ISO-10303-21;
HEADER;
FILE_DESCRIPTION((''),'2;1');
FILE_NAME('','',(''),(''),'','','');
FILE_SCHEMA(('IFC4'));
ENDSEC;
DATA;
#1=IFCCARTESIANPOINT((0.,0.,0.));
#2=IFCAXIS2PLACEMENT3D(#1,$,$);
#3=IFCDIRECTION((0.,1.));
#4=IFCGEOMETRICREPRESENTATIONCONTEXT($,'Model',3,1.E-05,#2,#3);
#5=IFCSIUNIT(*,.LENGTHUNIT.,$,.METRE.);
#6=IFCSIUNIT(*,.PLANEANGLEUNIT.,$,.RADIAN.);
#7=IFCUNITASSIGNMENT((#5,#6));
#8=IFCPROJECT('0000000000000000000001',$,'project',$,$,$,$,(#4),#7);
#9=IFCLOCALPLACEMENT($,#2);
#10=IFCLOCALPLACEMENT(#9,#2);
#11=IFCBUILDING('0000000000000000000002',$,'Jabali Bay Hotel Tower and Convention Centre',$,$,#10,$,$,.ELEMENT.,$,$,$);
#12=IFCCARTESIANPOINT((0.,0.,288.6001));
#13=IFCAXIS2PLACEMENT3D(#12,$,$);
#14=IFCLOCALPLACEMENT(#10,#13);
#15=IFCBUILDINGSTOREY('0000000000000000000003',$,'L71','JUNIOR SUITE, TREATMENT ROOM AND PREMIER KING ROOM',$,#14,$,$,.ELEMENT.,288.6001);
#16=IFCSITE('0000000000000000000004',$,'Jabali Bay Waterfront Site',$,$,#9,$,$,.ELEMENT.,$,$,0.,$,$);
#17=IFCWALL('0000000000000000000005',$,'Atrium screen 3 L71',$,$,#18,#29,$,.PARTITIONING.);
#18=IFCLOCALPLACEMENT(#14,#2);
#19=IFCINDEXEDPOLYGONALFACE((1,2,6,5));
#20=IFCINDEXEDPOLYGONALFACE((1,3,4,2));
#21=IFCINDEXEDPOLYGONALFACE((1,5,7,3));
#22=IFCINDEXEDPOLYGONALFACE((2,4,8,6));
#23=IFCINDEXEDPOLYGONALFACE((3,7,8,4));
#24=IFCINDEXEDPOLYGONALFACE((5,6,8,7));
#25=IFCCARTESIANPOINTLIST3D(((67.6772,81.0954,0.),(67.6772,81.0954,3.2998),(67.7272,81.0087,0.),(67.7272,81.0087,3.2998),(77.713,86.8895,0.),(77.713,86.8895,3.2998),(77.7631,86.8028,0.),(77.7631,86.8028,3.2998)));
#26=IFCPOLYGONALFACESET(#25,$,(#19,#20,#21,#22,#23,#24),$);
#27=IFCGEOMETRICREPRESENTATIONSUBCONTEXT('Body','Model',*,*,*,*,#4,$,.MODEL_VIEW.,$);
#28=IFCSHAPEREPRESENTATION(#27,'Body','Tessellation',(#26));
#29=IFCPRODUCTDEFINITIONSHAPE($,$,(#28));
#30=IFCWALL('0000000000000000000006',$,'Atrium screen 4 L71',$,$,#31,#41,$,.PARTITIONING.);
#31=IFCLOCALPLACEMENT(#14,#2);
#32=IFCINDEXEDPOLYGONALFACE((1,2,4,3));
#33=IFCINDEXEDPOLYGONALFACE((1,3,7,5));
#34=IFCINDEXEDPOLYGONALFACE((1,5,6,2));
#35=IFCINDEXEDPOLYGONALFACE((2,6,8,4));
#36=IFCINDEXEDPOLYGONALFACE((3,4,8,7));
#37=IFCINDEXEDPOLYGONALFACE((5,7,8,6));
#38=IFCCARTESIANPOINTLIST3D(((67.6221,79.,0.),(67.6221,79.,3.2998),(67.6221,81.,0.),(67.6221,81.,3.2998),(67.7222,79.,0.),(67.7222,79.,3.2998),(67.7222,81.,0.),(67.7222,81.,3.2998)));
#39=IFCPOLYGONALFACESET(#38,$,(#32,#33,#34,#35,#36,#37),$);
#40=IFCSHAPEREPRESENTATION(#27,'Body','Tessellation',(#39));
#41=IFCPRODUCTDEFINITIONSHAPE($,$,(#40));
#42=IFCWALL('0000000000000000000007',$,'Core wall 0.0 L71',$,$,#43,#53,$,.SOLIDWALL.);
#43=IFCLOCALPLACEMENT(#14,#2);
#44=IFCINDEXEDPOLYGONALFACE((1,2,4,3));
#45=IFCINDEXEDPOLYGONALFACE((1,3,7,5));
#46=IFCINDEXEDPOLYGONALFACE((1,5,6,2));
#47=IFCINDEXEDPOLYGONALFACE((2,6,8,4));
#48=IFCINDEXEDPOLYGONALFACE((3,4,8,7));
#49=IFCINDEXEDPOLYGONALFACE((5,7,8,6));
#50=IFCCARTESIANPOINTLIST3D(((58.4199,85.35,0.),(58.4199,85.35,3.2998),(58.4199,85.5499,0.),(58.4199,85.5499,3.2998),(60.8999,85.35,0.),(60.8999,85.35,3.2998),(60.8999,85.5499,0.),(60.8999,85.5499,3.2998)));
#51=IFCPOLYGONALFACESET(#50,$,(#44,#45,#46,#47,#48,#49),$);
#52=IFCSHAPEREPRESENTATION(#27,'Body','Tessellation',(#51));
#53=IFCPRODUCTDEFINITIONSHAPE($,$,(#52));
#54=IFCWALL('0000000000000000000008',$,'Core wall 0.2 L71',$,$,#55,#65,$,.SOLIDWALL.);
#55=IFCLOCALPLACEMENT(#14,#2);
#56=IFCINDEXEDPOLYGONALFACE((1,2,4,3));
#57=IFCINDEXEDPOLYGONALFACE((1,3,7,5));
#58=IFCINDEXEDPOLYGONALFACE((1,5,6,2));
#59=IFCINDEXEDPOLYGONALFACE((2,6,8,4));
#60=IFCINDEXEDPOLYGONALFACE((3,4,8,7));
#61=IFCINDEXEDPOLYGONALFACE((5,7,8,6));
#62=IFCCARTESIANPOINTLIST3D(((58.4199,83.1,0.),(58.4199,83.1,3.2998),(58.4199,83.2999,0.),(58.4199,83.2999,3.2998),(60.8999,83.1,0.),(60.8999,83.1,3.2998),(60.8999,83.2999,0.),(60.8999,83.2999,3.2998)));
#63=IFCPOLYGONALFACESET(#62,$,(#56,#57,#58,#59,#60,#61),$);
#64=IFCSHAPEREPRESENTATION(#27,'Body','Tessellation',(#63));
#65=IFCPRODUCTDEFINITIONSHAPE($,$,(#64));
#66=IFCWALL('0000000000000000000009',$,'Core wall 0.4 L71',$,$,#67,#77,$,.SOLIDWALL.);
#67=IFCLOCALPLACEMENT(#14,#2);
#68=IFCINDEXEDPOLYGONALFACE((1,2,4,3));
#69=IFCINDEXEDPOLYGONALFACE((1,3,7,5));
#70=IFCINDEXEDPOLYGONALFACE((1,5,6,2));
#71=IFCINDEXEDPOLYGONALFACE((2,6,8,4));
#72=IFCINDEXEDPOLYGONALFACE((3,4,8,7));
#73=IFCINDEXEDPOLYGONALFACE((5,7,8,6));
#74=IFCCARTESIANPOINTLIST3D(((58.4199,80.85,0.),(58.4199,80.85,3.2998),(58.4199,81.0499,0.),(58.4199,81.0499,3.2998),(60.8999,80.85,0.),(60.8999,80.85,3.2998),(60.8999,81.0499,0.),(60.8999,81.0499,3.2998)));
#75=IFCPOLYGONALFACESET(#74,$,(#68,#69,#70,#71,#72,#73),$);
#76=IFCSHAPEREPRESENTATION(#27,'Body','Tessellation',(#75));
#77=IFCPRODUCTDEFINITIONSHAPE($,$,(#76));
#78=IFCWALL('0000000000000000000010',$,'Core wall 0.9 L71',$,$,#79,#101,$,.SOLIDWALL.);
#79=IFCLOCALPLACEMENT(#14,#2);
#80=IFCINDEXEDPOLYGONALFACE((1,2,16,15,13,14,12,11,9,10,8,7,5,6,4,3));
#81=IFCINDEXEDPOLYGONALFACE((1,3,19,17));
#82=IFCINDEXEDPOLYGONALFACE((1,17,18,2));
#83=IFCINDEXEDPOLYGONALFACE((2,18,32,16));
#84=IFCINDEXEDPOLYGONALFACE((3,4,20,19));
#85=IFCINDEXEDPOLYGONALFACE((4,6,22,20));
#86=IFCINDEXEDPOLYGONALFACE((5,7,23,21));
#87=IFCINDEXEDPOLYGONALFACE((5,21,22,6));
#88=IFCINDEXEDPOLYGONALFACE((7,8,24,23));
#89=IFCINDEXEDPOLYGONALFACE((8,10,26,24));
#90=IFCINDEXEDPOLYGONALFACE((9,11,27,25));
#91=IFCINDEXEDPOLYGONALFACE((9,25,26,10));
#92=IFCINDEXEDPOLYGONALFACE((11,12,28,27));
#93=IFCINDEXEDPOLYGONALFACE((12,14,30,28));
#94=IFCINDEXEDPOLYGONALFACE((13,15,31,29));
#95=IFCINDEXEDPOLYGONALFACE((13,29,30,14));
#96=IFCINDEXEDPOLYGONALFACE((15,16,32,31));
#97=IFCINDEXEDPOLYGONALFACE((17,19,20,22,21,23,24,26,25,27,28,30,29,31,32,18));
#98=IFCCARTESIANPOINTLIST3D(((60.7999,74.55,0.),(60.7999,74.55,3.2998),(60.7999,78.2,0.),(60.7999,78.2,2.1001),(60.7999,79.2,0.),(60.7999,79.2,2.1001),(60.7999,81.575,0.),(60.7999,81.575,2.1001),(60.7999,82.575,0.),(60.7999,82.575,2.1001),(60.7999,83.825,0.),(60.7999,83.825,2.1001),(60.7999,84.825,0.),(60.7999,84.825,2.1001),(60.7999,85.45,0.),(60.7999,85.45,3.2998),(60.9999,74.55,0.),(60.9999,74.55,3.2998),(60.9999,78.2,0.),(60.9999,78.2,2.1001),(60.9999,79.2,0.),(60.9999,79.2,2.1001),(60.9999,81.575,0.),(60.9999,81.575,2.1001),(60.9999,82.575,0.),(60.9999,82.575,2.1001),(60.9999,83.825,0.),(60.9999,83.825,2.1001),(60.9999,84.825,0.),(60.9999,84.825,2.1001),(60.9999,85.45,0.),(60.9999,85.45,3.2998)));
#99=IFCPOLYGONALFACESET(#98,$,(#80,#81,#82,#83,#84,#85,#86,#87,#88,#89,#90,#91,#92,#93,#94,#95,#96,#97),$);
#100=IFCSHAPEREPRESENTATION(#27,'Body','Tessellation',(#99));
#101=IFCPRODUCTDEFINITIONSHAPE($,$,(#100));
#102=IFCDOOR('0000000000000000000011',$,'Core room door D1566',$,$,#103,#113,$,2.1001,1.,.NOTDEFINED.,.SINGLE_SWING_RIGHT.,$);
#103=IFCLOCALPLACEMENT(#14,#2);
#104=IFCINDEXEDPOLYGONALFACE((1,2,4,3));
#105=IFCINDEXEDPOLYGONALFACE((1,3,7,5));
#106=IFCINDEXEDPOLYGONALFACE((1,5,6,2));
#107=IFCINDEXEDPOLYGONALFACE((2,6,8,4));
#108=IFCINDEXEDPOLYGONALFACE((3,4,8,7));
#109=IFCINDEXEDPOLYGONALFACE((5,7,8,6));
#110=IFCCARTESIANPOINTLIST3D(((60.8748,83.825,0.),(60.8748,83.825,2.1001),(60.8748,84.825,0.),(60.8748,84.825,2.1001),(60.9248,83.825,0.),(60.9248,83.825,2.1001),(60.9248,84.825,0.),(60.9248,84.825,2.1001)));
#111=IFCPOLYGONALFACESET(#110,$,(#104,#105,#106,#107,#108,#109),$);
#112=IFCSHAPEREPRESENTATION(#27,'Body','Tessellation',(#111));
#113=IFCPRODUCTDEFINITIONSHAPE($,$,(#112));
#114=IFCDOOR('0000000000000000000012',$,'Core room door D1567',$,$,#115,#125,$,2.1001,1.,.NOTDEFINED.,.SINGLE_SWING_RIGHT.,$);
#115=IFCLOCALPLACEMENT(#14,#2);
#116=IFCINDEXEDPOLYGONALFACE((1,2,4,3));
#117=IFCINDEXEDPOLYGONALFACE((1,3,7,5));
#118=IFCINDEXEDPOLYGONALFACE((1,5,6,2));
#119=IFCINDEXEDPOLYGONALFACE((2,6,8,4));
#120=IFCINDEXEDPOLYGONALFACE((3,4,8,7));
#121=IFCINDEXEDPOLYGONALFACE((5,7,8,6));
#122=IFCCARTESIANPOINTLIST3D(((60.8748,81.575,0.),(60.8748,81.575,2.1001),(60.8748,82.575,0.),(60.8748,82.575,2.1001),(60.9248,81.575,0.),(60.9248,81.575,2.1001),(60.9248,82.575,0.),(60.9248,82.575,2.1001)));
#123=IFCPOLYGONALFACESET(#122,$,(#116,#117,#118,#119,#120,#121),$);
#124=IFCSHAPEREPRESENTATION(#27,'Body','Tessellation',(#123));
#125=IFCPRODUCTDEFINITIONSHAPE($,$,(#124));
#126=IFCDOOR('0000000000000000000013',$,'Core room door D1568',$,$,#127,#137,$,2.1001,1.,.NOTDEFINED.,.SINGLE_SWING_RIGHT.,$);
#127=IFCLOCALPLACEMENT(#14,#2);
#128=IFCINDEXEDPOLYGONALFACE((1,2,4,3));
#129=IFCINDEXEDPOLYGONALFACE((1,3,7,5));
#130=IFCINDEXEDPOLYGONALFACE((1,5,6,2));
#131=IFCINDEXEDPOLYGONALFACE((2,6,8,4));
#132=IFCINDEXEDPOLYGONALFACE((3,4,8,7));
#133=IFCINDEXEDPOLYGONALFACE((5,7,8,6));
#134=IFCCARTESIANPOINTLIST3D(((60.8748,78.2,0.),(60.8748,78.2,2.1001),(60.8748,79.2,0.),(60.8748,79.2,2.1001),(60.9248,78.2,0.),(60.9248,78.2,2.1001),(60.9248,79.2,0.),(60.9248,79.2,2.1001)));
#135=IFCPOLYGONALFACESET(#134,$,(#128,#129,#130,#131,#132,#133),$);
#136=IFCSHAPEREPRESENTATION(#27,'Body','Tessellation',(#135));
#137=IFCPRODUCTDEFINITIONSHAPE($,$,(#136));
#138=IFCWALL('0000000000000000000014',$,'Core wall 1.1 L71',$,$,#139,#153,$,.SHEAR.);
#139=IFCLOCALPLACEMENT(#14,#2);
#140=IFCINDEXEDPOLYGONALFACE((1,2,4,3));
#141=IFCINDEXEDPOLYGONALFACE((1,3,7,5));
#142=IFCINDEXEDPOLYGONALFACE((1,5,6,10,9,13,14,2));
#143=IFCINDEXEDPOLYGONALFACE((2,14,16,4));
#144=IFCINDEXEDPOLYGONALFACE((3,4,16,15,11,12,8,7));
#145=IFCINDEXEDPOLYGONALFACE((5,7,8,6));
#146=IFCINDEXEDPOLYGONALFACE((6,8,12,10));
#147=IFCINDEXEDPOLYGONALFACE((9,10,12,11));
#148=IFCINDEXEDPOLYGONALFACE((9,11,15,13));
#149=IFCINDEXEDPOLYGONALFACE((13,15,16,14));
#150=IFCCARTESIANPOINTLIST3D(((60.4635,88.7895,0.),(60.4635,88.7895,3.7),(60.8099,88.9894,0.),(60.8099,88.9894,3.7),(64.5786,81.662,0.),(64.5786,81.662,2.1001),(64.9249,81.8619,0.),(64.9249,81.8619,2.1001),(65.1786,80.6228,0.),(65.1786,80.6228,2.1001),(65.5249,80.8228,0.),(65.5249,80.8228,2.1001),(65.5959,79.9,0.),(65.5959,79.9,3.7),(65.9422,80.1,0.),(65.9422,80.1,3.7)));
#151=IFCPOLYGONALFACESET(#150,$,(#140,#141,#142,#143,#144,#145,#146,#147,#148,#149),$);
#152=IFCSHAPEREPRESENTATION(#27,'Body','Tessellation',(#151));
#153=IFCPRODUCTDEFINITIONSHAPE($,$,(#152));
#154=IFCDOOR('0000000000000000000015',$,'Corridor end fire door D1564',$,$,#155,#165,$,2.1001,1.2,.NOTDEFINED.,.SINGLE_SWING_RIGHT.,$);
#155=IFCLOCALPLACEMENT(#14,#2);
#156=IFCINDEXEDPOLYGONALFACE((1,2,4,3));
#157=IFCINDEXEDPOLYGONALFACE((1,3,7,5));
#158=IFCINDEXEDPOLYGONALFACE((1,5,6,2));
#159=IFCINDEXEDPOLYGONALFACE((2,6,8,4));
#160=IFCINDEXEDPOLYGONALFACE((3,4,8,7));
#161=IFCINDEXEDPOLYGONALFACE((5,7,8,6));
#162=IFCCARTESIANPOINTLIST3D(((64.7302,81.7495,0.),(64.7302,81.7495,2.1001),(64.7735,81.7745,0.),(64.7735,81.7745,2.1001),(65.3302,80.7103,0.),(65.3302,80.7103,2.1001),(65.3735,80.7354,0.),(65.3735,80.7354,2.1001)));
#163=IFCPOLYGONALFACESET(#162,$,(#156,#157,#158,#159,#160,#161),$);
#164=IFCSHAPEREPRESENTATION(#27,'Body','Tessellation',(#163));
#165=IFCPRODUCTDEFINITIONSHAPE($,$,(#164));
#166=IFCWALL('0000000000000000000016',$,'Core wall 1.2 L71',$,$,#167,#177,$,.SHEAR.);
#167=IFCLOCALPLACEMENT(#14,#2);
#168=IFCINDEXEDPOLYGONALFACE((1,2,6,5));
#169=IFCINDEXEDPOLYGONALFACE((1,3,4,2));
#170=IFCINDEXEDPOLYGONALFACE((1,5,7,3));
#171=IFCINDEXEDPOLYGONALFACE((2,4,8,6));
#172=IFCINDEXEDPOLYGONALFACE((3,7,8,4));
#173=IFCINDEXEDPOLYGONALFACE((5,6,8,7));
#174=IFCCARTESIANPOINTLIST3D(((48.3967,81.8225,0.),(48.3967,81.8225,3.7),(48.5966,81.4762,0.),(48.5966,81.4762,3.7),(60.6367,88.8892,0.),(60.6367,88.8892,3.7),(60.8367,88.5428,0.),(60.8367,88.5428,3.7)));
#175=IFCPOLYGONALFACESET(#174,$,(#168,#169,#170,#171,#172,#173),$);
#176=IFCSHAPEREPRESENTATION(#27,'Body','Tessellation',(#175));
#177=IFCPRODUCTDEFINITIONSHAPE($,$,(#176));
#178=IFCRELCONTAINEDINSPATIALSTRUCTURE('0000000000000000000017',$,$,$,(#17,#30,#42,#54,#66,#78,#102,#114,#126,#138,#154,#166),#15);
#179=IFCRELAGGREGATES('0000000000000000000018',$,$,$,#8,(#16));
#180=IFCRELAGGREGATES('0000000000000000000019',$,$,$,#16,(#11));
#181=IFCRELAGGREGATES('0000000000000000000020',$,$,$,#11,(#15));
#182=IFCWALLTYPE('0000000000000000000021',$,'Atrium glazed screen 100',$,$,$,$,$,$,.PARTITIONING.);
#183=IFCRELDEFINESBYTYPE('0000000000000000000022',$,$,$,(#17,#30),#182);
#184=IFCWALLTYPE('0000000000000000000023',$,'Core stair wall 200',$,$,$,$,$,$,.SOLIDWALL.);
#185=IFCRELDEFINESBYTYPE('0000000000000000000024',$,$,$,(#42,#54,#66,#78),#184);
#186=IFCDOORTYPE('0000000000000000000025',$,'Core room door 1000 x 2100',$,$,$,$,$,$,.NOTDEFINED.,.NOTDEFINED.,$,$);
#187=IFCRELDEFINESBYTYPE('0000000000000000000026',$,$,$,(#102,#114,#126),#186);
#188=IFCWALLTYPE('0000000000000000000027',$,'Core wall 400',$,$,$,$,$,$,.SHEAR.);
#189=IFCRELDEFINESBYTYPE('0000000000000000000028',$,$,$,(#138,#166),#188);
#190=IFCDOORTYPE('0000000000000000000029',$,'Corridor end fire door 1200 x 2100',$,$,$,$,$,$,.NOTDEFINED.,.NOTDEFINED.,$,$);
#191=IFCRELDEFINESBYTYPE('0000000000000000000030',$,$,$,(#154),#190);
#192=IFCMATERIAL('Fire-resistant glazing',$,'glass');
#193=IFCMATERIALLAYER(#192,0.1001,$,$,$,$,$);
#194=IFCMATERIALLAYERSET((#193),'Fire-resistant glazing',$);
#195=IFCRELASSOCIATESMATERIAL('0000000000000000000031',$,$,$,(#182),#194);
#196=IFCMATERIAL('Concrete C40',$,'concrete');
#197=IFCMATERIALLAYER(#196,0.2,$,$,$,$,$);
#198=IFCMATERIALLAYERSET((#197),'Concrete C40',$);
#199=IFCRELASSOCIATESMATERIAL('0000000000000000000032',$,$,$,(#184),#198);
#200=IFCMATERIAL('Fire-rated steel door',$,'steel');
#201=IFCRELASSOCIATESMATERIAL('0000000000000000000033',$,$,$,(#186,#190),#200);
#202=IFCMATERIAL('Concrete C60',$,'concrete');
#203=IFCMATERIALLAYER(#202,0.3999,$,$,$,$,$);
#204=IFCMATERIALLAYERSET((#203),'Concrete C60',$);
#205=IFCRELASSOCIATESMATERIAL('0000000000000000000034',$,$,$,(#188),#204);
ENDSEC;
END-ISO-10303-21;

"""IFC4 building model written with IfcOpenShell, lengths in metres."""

from ifc_helpers import new_model, si_unit, direction, frame, frame_2d, origin, place, context, subcontext, project, spatial, rectangle, extrude, material, layer, layer_set, type_object, element, fill, save


model = new_model("IFC4")

# Units and contexts
model_context = context("Model", 3, precision=1e-05, world=origin(), true_north=direction((0.0, 1.0)))
body_context = subcontext(model_context, "Body", "Model", "MODEL_VIEW")
ifc_project = project(units=[si_unit("LENGTHUNIT", "METRE"), si_unit("PLANEANGLEUNIT", "RADIAN")], contexts=[model_context])

# Site, building, storey
site_placement = place(None, origin())
site = spatial("IfcSite", under=ifc_project, at=site_placement, Name="Jabali Bay Waterfront Site", CompositionType="ELEMENT", RefElevation=0.0)
building_placement = place(site_placement, origin())
building = spatial("IfcBuilding", under=site, at=building_placement, Name="Jabali Bay Hotel Tower and Convention Centre", CompositionType="ELEMENT")
storey_placement = place(building_placement, frame((0.0, 0.0, 288.6001)))
storey = spatial("IfcBuildingStorey", under=building, at=storey_placement, Name="L71", Description="JUNIOR SUITE, TREATMENT ROOM AND PREMIER KING ROOM", CompositionType="ELEMENT", Elevation=288.6001)

# Walls
ifc_material_1 = material(Name="Fire-resistant glazing", Category="glass")
ifc_layer_1 = layer(ifc_material_1, 0.1001)
ifc_layer_set_1 = layer_set([ifc_layer_1], Name="Fire-resistant glazing")
wall_type_1 = type_object("IfcWallType", Name="Atrium glazed screen 100", PredefinedType="PARTITIONING", material=ifc_layer_set_1)
wall_1_placement = place(storey_placement, frame((77.738, 86.8462, 0.0), z_axis=(0.0, 0.0, 1.0), x_axis=(-0.866027, -0.499998, 0.0)))
element("IfcWall", 1, at=wall_1_placement, inside=storey, type_object=wall_type_1, Name="Atrium screen 3 L71", PredefinedType="PARTITIONING", context=body_context, shape_type="SweptSolid", body=[
    extrude(rectangle(XDim=11.5884, YDim=0.1001, at=frame_2d((5.7942, 0.0))), origin(), (0.0, 0.0, 1.0), 3.2998),
])
wall_2_placement = place(storey_placement, frame((67.6721, 81.0, 0.0), z_axis=(0.0, 0.0, 1.0), x_axis=(0.0, -1.0, 0.0)))
element("IfcWall", 2, at=wall_2_placement, inside=storey, type_object=wall_type_1, Name="Atrium screen 4 L71", PredefinedType="PARTITIONING", context=body_context, shape_type="SweptSolid", body=[
    extrude(rectangle(XDim=2.0, YDim=0.1001, at=frame_2d((1.0, 0.0))), origin(), (0.0, 0.0, 1.0), 3.2998),
])
ifc_material_2 = material(Name="Concrete C40", Category="concrete")
ifc_layer_2 = layer(ifc_material_2, 0.2)
ifc_layer_set_2 = layer_set([ifc_layer_2], Name="Concrete C40")
wall_type_2 = type_object("IfcWallType", Name="Core stair wall 200", PredefinedType="SOLIDWALL", material=ifc_layer_set_2)
for number, where, z_axis, x_axis, name in (
    (3, (60.8999, 85.45, 0.0), (0.0, 0.0, 1.0), (-1.0, 0.0, 0.0), "Core wall 0.0 L71"),
    (4, (60.8999, 83.2, 0.0), (0.0, 0.0, 1.0), (-1.0, 0.0, 0.0), "Core wall 0.2 L71"),
    (5, (60.8999, 80.95, 0.0), (0.0, 0.0, 1.0), (-1.0, 0.0, 0.0), "Core wall 0.4 L71"),
):
    element("IfcWall", number, at=place(storey_placement, frame(where, z_axis=z_axis, x_axis=x_axis)), inside=storey, type_object=wall_type_2, Name=name, PredefinedType="SOLIDWALL", context=body_context, shape_type="SweptSolid", body=[
        extrude(rectangle(XDim=2.48, YDim=0.2, at=frame_2d((1.24, 0.0))), origin(), (0.0, 0.0, 1.0), 3.2998),
    ])

# Wall, openings, doors
wall_3_placement = place(storey_placement, frame((60.8999, 85.45, 0.0), z_axis=(0.0, 0.0, 1.0), x_axis=(0.0, -1.0, 0.0)))
wall_3 = element("IfcWall", 6, at=wall_3_placement, inside=storey, type_object=wall_type_2, Name="Core wall 0.9 L71", PredefinedType="SOLIDWALL", context=body_context, shape_type="SweptSolid", body=[
    extrude(rectangle(XDim=10.8999, YDim=0.2, at=frame_2d((5.45, 0.0))), origin(), (0.0, 0.0, 1.0), 3.2998),
])
opening_1_placement = place(wall_3_placement, frame((0.625, 0.0, 0.0)))
opening_1 = element("IfcOpeningElement", 7, at=opening_1_placement, cuts=wall_3, PredefinedType="OPENING", context=body_context, shape_type="SweptSolid", body=[
    extrude(rectangle(XDim=1.0, YDim=2.1001, at=frame_2d((0.5, 1.05))), frame((0.0, 0.1104, 0.0), z_axis=(0.0, -1.0, 0.0), x_axis=(1.0, 0.0, 0.0)), (0.0, 0.0, 1.0), 0.2209),
])
opening_2_placement = place(wall_3_placement, frame((2.875, 0.0, 0.0)))
opening_2 = element("IfcOpeningElement", 8, at=opening_2_placement, cuts=wall_3, PredefinedType="OPENING", context=body_context, shape_type="SweptSolid", body=[
    extrude(rectangle(XDim=1.0, YDim=2.1001, at=frame_2d((0.5, 1.05))), frame((0.0, 0.1104, 0.0), z_axis=(0.0, -1.0, 0.0), x_axis=(1.0, 0.0, 0.0)), (0.0, 0.0, 1.0), 0.2209),
])
opening_3_placement = place(wall_3_placement, frame((6.25, 0.0, 0.0)))
opening_3 = element("IfcOpeningElement", 9, at=opening_3_placement, cuts=wall_3, PredefinedType="OPENING", context=body_context, shape_type="SweptSolid", body=[
    extrude(rectangle(XDim=1.0, YDim=2.1001, at=frame_2d((0.5, 1.05))), frame((0.0, 0.1104, 0.0), z_axis=(0.0, -1.0, 0.0), x_axis=(1.0, 0.0, 0.0)), (0.0, 0.0, 1.0), 0.2209),
])
ifc_material_3 = material(Name="Fire-rated steel door", Category="steel")
door_type_1 = type_object("IfcDoorType", Name="Core room door 1000 x 2100", OperationType="NOTDEFINED", PredefinedType="NOTDEFINED", material=ifc_material_3)
door_1_placement = place(opening_1_placement, origin())
door_1 = element("IfcDoor", 10, at=door_1_placement, inside=storey, type_object=door_type_1, Name="Core room door D1566", OperationType="SINGLE_SWING_RIGHT", OverallHeight=2.1001, OverallWidth=1.0, PredefinedType="NOTDEFINED", context=body_context, shape_type="SweptSolid", body=[
    extrude(rectangle(XDim=1.0, YDim=2.1001, at=frame_2d((0.5, 1.05))), frame((0.0, 0.0249, 0.0), z_axis=(0.0, -1.0, 0.0), x_axis=(1.0, 0.0, 0.0)), (0.0, 0.0, 1.0), 0.05),
])
fill(opening_1, door_1)
door_2_placement = place(opening_2_placement, origin())
door_2 = element("IfcDoor", 11, at=door_2_placement, inside=storey, type_object=door_type_1, Name="Core room door D1567", OperationType="SINGLE_SWING_RIGHT", OverallHeight=2.1001, OverallWidth=1.0, PredefinedType="NOTDEFINED", context=body_context, shape_type="SweptSolid", body=[
    extrude(rectangle(XDim=1.0, YDim=2.1001, at=frame_2d((0.5, 1.05))), frame((0.0, 0.0249, 0.0), z_axis=(0.0, -1.0, 0.0), x_axis=(1.0, 0.0, 0.0)), (0.0, 0.0, 1.0), 0.05),
])
fill(opening_2, door_2)
door_3_placement = place(opening_3_placement, origin())
door_3 = element("IfcDoor", 12, at=door_3_placement, inside=storey, type_object=door_type_1, Name="Core room door D1568", OperationType="SINGLE_SWING_RIGHT", OverallHeight=2.1001, OverallWidth=1.0, PredefinedType="NOTDEFINED", context=body_context, shape_type="SweptSolid", body=[
    extrude(rectangle(XDim=1.0, YDim=2.1001, at=frame_2d((0.5, 1.05))), frame((0.0, 0.0249, 0.0), z_axis=(0.0, -1.0, 0.0), x_axis=(1.0, 0.0, 0.0)), (0.0, 0.0, 1.0), 0.05),
])
fill(opening_3, door_3)

# Wall, opening, door
ifc_material_4 = material(Name="Concrete C60", Category="concrete")
ifc_layer_3 = layer(ifc_material_4, 0.3999)
ifc_layer_set_3 = layer_set([ifc_layer_3], Name="Concrete C60")
wall_type_3 = type_object("IfcWallType", Name="Core wall 400", PredefinedType="SHEAR", material=ifc_layer_set_3)
wall_4_placement = place(storey_placement, frame((65.769, 80.0, 0.0), z_axis=(0.0, 0.0, 1.0), x_axis=(-0.500002, 0.866024, 0.0)))
wall_4 = element("IfcWall", 13, at=wall_4_placement, inside=storey, type_object=wall_type_3, Name="Core wall 1.1 L71", PredefinedType="SHEAR", context=body_context, shape_type="SweptSolid", body=[
    extrude(rectangle(XDim=10.2646, YDim=0.3999, at=frame_2d((5.1323, 0.0))), origin(), (0.0, 0.0, 1.0), 3.7),
])
opening_4_placement = place(wall_4_placement, frame((0.8345, 0.0, 0.0)))
opening_4 = element("IfcOpeningElement", 14, at=opening_4_placement, cuts=wall_4, PredefinedType="OPENING", context=body_context, shape_type="SweptSolid", body=[
    extrude(rectangle(XDim=1.2, YDim=2.1001, at=frame_2d((0.6001, 1.05))), frame((0.0, 0.2104, 0.0), z_axis=(0.0, -1.0, 0.0), x_axis=(1.0, 0.0, 0.0)), (0.0, 0.0, 1.0), 0.4209),
])
door_type_2 = type_object("IfcDoorType", Name="Corridor end fire door 1200 x 2100", OperationType="NOTDEFINED", PredefinedType="NOTDEFINED", material=ifc_material_3)
door_4_placement = place(opening_4_placement, origin())
door_4 = element("IfcDoor", 15, at=door_4_placement, inside=storey, type_object=door_type_2, Name="Corridor end fire door D1564", OperationType="SINGLE_SWING_RIGHT", OverallHeight=2.1001, OverallWidth=1.2, PredefinedType="NOTDEFINED", context=body_context, shape_type="SweptSolid", body=[
    extrude(rectangle(XDim=1.2, YDim=2.1001, at=frame_2d((0.6001, 1.05))), frame((0.0, 0.0249, 0.0), z_axis=(0.0, -1.0, 0.0), x_axis=(1.0, 0.0, 0.0)), (0.0, 0.0, 1.0), 0.05),
])
fill(opening_4, door_4)

# Wall
wall_5_placement = place(storey_placement, frame((60.7368, 88.7161, 0.0), z_axis=(0.0, 0.0, 1.0), x_axis=(-0.866029, -0.499994, 0.0)))
element("IfcWall", 16, at=wall_5_placement, inside=storey, type_object=wall_type_3, Name="Core wall 1.2 L71", PredefinedType="SHEAR", context=body_context, shape_type="SweptSolid", body=[
    extrude(rectangle(XDim=14.1335, YDim=0.3999, at=frame_2d((7.0669, 0.0))), origin(), (0.0, 0.0, 1.0), 3.7),
])

save(model, "model.ifc")
